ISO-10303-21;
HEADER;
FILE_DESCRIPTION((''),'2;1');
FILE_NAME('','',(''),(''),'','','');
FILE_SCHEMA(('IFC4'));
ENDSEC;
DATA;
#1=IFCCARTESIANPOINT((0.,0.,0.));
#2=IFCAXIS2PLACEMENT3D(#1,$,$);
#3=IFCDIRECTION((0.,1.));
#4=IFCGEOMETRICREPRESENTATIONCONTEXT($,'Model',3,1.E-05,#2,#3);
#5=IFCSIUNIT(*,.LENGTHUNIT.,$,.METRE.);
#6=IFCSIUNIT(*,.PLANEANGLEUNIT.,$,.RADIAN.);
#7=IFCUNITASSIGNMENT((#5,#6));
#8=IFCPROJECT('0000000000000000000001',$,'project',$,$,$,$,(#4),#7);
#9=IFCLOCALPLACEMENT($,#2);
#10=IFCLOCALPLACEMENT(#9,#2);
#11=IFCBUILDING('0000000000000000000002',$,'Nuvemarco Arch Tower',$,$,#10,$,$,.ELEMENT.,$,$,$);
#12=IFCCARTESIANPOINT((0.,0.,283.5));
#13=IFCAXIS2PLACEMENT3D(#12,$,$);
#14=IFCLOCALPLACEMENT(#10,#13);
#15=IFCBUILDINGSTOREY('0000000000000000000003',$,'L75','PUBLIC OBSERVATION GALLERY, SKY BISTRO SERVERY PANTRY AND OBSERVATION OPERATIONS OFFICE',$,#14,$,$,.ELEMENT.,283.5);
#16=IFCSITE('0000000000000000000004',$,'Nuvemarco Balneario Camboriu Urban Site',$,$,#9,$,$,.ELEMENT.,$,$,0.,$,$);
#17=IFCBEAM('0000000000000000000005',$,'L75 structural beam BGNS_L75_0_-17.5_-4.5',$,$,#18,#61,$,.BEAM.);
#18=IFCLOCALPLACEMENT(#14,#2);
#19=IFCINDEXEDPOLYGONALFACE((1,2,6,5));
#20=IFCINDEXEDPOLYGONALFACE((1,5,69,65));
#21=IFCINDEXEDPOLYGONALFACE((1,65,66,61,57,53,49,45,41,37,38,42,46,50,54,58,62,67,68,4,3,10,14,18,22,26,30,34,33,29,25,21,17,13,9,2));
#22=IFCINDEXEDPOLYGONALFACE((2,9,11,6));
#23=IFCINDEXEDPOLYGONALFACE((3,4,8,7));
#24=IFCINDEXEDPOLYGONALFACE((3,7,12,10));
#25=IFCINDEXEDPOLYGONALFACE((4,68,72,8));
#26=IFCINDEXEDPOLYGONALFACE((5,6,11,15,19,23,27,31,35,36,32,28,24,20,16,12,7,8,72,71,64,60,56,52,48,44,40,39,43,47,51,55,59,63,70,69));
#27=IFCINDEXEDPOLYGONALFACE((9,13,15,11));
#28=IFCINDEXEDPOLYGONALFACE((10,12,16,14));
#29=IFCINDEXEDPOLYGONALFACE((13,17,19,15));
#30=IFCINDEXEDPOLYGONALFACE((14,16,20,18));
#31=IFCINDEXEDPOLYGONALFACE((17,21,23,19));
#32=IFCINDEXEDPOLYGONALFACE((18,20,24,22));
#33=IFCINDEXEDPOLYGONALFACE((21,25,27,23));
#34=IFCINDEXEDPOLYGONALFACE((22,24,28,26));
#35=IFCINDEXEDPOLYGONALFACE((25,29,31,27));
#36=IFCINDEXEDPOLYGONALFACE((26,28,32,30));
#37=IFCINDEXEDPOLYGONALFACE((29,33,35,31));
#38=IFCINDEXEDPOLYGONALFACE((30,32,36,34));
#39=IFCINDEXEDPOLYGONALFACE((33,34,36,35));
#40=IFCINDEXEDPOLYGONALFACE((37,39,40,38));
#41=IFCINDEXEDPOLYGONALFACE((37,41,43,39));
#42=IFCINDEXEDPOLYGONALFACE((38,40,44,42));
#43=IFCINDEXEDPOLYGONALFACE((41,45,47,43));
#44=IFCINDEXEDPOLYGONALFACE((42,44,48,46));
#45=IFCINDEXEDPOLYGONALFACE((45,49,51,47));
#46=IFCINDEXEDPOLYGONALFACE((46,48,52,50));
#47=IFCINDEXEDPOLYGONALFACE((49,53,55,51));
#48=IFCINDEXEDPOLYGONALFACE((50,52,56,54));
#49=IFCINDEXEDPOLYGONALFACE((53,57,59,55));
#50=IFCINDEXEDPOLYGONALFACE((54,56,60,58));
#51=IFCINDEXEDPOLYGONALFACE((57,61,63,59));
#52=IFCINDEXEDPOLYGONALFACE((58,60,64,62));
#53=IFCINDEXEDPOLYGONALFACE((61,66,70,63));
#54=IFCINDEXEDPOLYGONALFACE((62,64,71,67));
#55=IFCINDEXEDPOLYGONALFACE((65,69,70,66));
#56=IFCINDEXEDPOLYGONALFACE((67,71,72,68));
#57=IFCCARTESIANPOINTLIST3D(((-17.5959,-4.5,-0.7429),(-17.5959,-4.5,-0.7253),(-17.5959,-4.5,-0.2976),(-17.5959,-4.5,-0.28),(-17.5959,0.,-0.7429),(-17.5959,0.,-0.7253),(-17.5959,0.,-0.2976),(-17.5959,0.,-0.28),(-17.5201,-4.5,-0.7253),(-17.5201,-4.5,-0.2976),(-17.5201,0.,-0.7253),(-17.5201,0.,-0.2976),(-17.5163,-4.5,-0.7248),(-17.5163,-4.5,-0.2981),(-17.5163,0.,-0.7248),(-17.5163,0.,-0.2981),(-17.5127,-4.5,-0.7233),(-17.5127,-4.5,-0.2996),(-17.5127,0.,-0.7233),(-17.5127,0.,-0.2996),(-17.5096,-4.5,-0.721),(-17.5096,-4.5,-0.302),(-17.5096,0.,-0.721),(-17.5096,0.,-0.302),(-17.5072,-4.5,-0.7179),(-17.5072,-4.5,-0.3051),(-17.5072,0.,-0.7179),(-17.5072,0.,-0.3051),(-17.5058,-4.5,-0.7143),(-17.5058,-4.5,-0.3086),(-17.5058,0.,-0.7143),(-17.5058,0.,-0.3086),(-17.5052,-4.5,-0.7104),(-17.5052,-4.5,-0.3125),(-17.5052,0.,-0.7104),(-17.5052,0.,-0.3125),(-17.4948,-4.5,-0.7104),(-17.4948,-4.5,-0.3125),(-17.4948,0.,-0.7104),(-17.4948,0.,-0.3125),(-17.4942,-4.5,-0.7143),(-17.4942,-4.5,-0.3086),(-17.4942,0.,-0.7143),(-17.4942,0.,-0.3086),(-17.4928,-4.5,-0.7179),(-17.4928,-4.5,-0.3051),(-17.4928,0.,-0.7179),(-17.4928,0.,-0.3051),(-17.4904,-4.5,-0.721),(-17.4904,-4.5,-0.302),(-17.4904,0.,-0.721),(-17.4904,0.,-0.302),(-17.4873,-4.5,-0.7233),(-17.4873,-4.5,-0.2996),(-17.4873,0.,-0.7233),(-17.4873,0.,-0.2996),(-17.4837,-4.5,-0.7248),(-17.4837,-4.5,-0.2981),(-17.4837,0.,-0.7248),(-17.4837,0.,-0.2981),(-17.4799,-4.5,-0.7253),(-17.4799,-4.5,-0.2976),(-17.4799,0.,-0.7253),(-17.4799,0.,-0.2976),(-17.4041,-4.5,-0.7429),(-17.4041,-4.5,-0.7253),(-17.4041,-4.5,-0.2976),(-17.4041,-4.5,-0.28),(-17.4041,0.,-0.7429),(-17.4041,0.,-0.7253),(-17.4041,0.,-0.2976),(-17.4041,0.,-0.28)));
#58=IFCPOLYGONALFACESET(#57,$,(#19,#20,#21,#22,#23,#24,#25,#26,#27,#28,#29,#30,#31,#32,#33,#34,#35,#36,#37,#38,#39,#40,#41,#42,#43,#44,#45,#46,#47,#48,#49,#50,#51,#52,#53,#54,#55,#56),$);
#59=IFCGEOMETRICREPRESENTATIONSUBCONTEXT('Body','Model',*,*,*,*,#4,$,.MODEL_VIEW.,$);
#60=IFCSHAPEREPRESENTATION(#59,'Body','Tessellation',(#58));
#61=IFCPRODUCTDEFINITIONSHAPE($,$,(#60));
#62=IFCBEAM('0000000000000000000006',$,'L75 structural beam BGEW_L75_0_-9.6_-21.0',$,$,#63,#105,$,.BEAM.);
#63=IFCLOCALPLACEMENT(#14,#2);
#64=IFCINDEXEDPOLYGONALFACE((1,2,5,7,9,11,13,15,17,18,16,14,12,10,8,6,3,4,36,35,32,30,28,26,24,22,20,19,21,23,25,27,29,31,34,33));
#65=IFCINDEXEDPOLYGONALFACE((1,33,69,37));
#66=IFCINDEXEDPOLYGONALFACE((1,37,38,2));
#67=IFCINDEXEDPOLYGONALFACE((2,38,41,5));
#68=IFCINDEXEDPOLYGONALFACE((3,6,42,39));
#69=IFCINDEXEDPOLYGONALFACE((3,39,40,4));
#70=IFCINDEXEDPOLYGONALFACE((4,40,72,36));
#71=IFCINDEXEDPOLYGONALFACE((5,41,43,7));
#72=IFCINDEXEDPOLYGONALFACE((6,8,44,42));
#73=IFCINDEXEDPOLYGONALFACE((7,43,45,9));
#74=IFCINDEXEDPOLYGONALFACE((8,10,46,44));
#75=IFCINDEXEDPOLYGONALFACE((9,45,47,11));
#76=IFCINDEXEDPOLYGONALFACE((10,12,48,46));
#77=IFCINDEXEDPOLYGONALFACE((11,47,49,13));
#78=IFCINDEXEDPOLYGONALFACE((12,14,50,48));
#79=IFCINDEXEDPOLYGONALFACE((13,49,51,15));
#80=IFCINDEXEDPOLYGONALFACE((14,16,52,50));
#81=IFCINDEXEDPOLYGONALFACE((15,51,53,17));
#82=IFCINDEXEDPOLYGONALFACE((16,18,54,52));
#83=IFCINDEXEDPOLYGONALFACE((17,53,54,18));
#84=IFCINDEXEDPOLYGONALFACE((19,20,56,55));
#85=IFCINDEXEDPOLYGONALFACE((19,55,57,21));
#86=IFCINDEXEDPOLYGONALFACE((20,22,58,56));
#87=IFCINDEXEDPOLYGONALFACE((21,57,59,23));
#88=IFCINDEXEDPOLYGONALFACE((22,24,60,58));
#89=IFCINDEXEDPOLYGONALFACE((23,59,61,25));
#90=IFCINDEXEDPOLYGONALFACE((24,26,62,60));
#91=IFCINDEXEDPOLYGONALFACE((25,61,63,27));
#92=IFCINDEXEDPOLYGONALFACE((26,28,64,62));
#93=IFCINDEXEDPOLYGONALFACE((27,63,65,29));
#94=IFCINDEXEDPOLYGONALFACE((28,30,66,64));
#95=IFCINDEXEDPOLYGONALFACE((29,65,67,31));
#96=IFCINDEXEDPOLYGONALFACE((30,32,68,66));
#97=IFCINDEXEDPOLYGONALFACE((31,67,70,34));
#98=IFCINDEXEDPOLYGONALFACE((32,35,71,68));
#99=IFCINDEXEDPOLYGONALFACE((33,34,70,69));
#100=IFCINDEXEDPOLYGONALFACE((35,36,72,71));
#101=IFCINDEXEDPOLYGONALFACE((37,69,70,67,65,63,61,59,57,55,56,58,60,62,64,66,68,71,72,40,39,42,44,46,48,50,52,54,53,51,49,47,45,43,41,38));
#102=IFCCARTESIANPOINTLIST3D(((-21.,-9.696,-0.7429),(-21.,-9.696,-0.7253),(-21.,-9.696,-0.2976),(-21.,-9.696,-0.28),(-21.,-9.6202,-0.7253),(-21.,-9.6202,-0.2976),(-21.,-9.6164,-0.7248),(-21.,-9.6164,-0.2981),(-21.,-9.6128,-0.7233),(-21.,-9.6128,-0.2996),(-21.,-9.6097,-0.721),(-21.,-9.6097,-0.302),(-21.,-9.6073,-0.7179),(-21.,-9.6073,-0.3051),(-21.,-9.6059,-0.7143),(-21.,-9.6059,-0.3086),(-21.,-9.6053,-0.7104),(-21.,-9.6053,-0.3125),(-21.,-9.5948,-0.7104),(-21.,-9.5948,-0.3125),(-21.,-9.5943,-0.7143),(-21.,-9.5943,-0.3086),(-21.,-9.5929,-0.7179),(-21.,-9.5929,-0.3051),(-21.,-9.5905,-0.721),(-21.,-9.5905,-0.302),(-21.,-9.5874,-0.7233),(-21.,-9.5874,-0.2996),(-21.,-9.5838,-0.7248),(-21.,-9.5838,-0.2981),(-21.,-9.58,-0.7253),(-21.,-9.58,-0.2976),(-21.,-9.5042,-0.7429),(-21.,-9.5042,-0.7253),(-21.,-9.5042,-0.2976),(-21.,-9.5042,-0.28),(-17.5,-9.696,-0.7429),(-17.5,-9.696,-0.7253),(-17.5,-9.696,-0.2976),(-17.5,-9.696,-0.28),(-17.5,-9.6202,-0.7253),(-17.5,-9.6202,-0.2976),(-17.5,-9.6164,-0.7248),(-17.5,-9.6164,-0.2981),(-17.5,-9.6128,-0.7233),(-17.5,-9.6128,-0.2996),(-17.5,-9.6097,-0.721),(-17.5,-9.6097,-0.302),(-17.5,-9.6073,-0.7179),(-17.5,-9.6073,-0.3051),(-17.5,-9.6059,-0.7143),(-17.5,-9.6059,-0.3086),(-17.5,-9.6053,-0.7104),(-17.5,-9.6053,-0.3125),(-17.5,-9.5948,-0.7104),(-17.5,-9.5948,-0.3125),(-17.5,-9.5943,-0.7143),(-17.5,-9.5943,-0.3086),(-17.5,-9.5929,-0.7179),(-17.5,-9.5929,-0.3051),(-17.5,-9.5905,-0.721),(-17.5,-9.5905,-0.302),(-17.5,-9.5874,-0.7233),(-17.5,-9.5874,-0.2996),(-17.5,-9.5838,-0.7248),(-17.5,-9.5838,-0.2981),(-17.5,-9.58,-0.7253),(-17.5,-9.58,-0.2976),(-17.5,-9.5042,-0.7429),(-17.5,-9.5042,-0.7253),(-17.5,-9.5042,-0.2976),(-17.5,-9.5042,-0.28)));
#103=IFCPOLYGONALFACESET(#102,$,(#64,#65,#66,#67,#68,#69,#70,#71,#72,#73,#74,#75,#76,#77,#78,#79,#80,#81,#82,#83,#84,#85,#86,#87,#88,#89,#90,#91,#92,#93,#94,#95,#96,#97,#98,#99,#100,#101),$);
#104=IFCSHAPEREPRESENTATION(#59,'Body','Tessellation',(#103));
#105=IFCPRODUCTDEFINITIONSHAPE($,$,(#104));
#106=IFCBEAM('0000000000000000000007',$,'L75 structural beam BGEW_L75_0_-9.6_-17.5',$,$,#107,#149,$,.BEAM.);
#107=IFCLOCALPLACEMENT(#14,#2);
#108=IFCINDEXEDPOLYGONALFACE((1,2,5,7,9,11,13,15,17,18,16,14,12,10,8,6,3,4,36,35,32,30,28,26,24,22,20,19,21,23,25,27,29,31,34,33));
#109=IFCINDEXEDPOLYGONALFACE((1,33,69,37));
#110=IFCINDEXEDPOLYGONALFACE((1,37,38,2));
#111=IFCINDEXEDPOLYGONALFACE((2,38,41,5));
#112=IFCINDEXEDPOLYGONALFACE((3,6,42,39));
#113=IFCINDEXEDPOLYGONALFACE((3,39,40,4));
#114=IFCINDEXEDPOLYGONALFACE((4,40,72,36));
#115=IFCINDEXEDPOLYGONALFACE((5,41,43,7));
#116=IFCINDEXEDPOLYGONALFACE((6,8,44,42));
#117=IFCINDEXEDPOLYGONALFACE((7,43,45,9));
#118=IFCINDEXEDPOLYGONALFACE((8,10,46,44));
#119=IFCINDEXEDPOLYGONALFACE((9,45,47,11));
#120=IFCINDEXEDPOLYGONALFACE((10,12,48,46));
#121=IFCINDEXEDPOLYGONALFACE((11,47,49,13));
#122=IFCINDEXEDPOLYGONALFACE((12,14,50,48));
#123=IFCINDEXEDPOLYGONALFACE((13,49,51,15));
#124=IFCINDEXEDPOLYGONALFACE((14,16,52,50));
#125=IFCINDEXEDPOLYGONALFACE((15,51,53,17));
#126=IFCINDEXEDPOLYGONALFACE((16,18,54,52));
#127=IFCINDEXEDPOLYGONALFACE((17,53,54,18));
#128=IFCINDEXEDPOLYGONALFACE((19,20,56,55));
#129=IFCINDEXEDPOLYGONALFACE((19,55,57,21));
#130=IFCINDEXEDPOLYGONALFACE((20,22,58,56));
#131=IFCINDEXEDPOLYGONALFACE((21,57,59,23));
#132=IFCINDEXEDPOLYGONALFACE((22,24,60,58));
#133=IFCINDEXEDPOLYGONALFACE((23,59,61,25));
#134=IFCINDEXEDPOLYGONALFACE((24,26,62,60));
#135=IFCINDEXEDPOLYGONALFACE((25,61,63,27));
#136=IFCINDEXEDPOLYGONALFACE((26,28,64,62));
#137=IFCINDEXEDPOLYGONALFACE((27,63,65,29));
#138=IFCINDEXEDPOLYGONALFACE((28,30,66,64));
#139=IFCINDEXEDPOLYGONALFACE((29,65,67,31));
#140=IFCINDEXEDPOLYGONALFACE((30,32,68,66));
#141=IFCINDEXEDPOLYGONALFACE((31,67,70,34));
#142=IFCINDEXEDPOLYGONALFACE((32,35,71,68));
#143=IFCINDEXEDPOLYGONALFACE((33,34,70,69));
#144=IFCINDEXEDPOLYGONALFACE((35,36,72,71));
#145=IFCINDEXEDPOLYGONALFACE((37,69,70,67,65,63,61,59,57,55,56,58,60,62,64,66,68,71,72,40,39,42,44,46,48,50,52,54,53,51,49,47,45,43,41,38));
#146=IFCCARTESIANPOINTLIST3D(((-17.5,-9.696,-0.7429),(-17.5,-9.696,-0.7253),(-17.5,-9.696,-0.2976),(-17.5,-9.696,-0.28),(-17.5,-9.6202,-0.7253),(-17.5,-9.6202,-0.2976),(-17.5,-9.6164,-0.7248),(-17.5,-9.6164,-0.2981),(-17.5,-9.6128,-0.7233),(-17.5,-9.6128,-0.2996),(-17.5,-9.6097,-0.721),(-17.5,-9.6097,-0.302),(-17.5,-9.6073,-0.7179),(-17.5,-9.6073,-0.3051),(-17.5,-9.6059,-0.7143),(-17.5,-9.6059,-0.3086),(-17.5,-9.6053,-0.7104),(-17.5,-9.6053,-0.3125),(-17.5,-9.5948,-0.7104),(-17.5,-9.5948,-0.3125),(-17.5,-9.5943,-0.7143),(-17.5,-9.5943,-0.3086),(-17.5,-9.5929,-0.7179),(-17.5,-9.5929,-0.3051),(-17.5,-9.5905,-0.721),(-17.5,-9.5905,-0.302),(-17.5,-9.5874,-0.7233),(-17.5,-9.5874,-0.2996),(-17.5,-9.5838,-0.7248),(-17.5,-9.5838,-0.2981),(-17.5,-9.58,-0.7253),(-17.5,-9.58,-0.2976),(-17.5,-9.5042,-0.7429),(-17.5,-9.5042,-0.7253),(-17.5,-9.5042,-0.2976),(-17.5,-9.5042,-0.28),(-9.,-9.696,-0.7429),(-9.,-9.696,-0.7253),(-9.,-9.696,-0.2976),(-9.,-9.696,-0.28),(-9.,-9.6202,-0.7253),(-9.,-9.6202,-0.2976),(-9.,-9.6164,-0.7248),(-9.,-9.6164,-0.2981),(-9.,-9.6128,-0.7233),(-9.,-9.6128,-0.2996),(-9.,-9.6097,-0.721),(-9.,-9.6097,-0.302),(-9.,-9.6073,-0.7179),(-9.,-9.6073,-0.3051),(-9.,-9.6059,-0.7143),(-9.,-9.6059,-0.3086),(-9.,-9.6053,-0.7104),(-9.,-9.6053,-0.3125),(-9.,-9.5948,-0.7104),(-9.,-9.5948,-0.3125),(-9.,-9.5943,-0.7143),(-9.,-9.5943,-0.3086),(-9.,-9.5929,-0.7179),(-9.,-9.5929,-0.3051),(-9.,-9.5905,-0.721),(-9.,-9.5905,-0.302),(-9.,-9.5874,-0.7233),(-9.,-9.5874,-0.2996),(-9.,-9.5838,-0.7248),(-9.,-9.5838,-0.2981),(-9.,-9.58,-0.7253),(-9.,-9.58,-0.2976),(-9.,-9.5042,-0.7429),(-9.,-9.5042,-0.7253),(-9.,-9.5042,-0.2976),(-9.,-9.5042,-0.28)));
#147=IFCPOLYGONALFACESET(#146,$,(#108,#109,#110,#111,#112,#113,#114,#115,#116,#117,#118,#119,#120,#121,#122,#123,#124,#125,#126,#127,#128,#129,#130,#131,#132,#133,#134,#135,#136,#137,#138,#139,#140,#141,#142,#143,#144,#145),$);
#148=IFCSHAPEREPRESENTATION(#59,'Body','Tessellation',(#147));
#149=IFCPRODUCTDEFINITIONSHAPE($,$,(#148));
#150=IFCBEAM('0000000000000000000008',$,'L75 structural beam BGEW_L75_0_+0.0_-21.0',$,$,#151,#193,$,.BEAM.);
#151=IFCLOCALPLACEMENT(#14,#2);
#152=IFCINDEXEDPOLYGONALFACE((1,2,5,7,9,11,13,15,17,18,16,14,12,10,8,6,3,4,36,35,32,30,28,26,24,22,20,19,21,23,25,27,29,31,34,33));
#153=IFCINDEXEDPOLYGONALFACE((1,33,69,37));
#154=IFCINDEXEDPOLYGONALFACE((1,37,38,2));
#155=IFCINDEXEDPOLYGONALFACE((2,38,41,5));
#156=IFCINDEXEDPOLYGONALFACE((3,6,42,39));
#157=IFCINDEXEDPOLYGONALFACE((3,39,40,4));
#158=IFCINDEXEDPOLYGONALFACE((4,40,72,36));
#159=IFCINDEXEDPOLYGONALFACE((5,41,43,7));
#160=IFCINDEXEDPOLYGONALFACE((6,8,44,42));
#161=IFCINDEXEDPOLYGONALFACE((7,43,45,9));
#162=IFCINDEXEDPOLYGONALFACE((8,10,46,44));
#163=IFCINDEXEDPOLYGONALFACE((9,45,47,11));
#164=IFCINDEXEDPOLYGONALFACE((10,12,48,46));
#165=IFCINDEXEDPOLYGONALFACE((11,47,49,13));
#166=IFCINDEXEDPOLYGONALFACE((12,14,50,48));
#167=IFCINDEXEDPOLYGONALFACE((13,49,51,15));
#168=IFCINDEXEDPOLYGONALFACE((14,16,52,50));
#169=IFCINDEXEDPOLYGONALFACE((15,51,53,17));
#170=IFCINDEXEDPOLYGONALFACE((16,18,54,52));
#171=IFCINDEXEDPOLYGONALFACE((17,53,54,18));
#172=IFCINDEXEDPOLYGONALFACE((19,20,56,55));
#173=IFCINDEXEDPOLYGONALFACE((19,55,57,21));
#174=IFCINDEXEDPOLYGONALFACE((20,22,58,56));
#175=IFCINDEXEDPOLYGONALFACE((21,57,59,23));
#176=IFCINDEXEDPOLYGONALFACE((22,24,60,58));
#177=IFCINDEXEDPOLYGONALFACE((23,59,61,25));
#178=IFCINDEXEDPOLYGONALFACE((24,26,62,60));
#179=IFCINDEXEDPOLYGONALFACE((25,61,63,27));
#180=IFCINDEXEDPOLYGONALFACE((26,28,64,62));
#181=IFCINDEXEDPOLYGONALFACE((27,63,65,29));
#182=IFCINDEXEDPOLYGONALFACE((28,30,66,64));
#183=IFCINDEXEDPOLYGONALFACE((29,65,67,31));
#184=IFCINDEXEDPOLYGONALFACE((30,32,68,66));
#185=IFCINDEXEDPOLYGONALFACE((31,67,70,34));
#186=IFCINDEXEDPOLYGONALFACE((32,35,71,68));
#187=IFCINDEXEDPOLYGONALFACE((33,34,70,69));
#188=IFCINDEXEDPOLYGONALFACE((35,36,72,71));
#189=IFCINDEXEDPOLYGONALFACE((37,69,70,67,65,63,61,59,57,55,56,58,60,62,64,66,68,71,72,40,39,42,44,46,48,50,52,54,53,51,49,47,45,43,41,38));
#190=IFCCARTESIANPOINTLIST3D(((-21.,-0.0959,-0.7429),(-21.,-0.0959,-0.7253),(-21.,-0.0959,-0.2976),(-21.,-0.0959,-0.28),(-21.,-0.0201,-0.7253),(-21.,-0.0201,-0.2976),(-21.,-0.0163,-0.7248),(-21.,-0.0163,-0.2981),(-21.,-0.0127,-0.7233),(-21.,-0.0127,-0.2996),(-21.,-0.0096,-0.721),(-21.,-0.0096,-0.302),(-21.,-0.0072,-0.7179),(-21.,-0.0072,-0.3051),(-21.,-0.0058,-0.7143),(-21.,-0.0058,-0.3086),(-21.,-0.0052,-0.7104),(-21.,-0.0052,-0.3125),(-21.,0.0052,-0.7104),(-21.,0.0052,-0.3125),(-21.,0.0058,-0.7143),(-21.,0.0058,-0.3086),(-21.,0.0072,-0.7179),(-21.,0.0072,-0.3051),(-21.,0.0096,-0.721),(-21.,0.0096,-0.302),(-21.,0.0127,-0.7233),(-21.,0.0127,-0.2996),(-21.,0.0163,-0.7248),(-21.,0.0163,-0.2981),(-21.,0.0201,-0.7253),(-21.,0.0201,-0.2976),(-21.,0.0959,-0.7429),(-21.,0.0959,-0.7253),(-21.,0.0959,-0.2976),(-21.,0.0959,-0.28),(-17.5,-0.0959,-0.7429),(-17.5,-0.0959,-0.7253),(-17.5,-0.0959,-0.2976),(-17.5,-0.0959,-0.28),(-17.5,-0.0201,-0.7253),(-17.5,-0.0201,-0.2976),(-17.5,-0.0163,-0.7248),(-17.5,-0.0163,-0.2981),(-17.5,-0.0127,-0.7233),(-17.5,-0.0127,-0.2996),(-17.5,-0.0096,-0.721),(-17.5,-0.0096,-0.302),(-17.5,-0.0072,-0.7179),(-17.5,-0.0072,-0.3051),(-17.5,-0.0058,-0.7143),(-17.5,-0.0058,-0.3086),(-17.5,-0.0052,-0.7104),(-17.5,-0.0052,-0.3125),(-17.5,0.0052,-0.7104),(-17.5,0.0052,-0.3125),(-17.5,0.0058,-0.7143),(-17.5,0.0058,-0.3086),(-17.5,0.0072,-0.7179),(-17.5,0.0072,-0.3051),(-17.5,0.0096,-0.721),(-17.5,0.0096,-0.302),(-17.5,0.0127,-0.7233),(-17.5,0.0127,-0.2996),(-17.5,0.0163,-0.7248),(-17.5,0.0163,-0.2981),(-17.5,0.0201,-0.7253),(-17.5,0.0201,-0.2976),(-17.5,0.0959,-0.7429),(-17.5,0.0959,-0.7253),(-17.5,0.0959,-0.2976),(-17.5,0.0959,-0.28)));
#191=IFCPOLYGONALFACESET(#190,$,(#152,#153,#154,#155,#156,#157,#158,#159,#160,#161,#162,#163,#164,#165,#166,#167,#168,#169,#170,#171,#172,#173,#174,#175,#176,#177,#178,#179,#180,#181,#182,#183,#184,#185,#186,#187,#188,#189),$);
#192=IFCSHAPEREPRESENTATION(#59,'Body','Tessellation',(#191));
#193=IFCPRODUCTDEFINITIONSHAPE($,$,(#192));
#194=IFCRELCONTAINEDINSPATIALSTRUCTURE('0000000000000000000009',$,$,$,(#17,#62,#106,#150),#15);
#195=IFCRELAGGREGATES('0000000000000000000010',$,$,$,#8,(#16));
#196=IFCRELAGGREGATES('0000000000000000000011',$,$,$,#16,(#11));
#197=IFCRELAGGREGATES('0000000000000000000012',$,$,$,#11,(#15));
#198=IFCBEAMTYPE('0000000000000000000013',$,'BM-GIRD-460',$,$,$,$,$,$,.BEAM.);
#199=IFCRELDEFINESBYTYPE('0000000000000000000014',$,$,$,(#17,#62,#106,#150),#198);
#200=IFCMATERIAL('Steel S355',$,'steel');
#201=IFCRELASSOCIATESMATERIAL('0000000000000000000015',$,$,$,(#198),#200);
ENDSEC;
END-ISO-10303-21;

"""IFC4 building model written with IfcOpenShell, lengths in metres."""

from ifc_helpers import new_model, si_unit, direction, frame, origin, origin_2d, place, context, subcontext, project, spatial, i_section, extrude, material, material_profile, profile_set, type_object, element, save


model = new_model("IFC4")

# Units and contexts
model_context = context("Model", 3, precision=1e-05, world=origin(), true_north=direction((0.0, 1.0)))
body_context = subcontext(model_context, "Body", "Model", "MODEL_VIEW")
ifc_project = project(units=[si_unit("LENGTHUNIT", "METRE"), si_unit("PLANEANGLEUNIT", "RADIAN")], contexts=[model_context])

# Site, building, storey
site_placement = place(None, origin())
site = spatial("IfcSite", under=ifc_project, at=site_placement, Name="Nuvemarco Balneario Camboriu Urban Site", CompositionType="ELEMENT", RefElevation=0.0)
building_placement = place(site_placement, origin())
building = spatial("IfcBuilding", under=site, at=building_placement, Name="Nuvemarco Arch Tower", CompositionType="ELEMENT")
storey_placement = place(building_placement, frame((0.0, 0.0, 283.5)))
storey = spatial("IfcBuildingStorey", under=building, at=storey_placement, Name="L75", Description="PUBLIC OBSERVATION GALLERY, SKY BISTRO SERVERY PANTRY AND OBSERVATION OPERATIONS OFFICE", CompositionType="ELEMENT", Elevation=283.5)

# Shared definitions
ifc_material_1 = material(Name="Steel S355", Category="steel")

# Beams
ifc_material_profile_1 = material_profile(ifc_material_1, i_section(OverallWidth=0.1919, OverallDepth=0.4629, WebThickness=0.0105, FlangeThickness=0.0176, FilletRadius=0.0149, at=origin_2d()), Name="W460x89")
ifc_profile_set_1 = profile_set([ifc_material_profile_1], Name="Steel S355")
beam_type_1 = type_object("IfcBeamType", Name="BM-GIRD-460", PredefinedType="BEAM", material=ifc_profile_set_1)
beam_1_placement = place(storey_placement, frame((-17.5, -4.5, -0.5115), z_axis=(0.0, 1.0, 0.0), x_axis=(-1.0, 0.0, 0.0)))
element("IfcBeam", 1, at=beam_1_placement, inside=storey, type_object=beam_type_1, Name="L75 structural beam BGNS_L75_0_-17.5_-4.5", PredefinedType="BEAM", context=body_context, shape_type="SweptSolid", body=[
    extrude(i_section(OverallWidth=0.1919, OverallDepth=0.4629, WebThickness=0.0105, FlangeThickness=0.0176, FilletRadius=0.0149, at=origin_2d()), origin(), (0.0, 0.0, 1.0), 4.5),
])
beam_2_placement = place(storey_placement, frame((-21.0, -9.6001, -0.5115), z_axis=(1.0, 0.0, 0.0), x_axis=(0.0, 1.0, 0.0)))
element("IfcBeam", 2, at=beam_2_placement, inside=storey, type_object=beam_type_1, Name="L75 structural beam BGEW_L75_0_-9.6_-21.0", PredefinedType="BEAM", context=body_context, shape_type="SweptSolid", body=[
    extrude(i_section(OverallWidth=0.1919, OverallDepth=0.4629, WebThickness=0.0105, FlangeThickness=0.0176, FilletRadius=0.0149, at=origin_2d()), origin(), (0.0, 0.0, 1.0), 3.5),
])
beam_3_placement = place(storey_placement, frame((-17.5, -9.6001, -0.5115), z_axis=(1.0, 0.0, 0.0), x_axis=(0.0, 1.0, 0.0)))
element("IfcBeam", 3, at=beam_3_placement, inside=storey, type_object=beam_type_1, Name="L75 structural beam BGEW_L75_0_-9.6_-17.5", PredefinedType="BEAM", context=body_context, shape_type="SweptSolid", body=[
    extrude(i_section(OverallWidth=0.1919, OverallDepth=0.4629, WebThickness=0.0105, FlangeThickness=0.0176, FilletRadius=0.0149, at=origin_2d()), origin(), (0.0, 0.0, 1.0), 8.5),
])
beam_4_placement = place(storey_placement, frame((-21.0, 0.0, -0.5115), z_axis=(1.0, 0.0, 0.0), x_axis=(0.0, 1.0, 0.0)))
element("IfcBeam", 4, at=beam_4_placement, inside=storey, type_object=beam_type_1, Name="L75 structural beam BGEW_L75_0_+0.0_-21.0", PredefinedType="BEAM", context=body_context, shape_type="SweptSolid", body=[
    extrude(i_section(OverallWidth=0.1919, OverallDepth=0.4629, WebThickness=0.0105, FlangeThickness=0.0176, FilletRadius=0.0149, at=origin_2d()), origin(), (0.0, 0.0, 1.0), 3.5),
])

save(model, "model.ifc")
